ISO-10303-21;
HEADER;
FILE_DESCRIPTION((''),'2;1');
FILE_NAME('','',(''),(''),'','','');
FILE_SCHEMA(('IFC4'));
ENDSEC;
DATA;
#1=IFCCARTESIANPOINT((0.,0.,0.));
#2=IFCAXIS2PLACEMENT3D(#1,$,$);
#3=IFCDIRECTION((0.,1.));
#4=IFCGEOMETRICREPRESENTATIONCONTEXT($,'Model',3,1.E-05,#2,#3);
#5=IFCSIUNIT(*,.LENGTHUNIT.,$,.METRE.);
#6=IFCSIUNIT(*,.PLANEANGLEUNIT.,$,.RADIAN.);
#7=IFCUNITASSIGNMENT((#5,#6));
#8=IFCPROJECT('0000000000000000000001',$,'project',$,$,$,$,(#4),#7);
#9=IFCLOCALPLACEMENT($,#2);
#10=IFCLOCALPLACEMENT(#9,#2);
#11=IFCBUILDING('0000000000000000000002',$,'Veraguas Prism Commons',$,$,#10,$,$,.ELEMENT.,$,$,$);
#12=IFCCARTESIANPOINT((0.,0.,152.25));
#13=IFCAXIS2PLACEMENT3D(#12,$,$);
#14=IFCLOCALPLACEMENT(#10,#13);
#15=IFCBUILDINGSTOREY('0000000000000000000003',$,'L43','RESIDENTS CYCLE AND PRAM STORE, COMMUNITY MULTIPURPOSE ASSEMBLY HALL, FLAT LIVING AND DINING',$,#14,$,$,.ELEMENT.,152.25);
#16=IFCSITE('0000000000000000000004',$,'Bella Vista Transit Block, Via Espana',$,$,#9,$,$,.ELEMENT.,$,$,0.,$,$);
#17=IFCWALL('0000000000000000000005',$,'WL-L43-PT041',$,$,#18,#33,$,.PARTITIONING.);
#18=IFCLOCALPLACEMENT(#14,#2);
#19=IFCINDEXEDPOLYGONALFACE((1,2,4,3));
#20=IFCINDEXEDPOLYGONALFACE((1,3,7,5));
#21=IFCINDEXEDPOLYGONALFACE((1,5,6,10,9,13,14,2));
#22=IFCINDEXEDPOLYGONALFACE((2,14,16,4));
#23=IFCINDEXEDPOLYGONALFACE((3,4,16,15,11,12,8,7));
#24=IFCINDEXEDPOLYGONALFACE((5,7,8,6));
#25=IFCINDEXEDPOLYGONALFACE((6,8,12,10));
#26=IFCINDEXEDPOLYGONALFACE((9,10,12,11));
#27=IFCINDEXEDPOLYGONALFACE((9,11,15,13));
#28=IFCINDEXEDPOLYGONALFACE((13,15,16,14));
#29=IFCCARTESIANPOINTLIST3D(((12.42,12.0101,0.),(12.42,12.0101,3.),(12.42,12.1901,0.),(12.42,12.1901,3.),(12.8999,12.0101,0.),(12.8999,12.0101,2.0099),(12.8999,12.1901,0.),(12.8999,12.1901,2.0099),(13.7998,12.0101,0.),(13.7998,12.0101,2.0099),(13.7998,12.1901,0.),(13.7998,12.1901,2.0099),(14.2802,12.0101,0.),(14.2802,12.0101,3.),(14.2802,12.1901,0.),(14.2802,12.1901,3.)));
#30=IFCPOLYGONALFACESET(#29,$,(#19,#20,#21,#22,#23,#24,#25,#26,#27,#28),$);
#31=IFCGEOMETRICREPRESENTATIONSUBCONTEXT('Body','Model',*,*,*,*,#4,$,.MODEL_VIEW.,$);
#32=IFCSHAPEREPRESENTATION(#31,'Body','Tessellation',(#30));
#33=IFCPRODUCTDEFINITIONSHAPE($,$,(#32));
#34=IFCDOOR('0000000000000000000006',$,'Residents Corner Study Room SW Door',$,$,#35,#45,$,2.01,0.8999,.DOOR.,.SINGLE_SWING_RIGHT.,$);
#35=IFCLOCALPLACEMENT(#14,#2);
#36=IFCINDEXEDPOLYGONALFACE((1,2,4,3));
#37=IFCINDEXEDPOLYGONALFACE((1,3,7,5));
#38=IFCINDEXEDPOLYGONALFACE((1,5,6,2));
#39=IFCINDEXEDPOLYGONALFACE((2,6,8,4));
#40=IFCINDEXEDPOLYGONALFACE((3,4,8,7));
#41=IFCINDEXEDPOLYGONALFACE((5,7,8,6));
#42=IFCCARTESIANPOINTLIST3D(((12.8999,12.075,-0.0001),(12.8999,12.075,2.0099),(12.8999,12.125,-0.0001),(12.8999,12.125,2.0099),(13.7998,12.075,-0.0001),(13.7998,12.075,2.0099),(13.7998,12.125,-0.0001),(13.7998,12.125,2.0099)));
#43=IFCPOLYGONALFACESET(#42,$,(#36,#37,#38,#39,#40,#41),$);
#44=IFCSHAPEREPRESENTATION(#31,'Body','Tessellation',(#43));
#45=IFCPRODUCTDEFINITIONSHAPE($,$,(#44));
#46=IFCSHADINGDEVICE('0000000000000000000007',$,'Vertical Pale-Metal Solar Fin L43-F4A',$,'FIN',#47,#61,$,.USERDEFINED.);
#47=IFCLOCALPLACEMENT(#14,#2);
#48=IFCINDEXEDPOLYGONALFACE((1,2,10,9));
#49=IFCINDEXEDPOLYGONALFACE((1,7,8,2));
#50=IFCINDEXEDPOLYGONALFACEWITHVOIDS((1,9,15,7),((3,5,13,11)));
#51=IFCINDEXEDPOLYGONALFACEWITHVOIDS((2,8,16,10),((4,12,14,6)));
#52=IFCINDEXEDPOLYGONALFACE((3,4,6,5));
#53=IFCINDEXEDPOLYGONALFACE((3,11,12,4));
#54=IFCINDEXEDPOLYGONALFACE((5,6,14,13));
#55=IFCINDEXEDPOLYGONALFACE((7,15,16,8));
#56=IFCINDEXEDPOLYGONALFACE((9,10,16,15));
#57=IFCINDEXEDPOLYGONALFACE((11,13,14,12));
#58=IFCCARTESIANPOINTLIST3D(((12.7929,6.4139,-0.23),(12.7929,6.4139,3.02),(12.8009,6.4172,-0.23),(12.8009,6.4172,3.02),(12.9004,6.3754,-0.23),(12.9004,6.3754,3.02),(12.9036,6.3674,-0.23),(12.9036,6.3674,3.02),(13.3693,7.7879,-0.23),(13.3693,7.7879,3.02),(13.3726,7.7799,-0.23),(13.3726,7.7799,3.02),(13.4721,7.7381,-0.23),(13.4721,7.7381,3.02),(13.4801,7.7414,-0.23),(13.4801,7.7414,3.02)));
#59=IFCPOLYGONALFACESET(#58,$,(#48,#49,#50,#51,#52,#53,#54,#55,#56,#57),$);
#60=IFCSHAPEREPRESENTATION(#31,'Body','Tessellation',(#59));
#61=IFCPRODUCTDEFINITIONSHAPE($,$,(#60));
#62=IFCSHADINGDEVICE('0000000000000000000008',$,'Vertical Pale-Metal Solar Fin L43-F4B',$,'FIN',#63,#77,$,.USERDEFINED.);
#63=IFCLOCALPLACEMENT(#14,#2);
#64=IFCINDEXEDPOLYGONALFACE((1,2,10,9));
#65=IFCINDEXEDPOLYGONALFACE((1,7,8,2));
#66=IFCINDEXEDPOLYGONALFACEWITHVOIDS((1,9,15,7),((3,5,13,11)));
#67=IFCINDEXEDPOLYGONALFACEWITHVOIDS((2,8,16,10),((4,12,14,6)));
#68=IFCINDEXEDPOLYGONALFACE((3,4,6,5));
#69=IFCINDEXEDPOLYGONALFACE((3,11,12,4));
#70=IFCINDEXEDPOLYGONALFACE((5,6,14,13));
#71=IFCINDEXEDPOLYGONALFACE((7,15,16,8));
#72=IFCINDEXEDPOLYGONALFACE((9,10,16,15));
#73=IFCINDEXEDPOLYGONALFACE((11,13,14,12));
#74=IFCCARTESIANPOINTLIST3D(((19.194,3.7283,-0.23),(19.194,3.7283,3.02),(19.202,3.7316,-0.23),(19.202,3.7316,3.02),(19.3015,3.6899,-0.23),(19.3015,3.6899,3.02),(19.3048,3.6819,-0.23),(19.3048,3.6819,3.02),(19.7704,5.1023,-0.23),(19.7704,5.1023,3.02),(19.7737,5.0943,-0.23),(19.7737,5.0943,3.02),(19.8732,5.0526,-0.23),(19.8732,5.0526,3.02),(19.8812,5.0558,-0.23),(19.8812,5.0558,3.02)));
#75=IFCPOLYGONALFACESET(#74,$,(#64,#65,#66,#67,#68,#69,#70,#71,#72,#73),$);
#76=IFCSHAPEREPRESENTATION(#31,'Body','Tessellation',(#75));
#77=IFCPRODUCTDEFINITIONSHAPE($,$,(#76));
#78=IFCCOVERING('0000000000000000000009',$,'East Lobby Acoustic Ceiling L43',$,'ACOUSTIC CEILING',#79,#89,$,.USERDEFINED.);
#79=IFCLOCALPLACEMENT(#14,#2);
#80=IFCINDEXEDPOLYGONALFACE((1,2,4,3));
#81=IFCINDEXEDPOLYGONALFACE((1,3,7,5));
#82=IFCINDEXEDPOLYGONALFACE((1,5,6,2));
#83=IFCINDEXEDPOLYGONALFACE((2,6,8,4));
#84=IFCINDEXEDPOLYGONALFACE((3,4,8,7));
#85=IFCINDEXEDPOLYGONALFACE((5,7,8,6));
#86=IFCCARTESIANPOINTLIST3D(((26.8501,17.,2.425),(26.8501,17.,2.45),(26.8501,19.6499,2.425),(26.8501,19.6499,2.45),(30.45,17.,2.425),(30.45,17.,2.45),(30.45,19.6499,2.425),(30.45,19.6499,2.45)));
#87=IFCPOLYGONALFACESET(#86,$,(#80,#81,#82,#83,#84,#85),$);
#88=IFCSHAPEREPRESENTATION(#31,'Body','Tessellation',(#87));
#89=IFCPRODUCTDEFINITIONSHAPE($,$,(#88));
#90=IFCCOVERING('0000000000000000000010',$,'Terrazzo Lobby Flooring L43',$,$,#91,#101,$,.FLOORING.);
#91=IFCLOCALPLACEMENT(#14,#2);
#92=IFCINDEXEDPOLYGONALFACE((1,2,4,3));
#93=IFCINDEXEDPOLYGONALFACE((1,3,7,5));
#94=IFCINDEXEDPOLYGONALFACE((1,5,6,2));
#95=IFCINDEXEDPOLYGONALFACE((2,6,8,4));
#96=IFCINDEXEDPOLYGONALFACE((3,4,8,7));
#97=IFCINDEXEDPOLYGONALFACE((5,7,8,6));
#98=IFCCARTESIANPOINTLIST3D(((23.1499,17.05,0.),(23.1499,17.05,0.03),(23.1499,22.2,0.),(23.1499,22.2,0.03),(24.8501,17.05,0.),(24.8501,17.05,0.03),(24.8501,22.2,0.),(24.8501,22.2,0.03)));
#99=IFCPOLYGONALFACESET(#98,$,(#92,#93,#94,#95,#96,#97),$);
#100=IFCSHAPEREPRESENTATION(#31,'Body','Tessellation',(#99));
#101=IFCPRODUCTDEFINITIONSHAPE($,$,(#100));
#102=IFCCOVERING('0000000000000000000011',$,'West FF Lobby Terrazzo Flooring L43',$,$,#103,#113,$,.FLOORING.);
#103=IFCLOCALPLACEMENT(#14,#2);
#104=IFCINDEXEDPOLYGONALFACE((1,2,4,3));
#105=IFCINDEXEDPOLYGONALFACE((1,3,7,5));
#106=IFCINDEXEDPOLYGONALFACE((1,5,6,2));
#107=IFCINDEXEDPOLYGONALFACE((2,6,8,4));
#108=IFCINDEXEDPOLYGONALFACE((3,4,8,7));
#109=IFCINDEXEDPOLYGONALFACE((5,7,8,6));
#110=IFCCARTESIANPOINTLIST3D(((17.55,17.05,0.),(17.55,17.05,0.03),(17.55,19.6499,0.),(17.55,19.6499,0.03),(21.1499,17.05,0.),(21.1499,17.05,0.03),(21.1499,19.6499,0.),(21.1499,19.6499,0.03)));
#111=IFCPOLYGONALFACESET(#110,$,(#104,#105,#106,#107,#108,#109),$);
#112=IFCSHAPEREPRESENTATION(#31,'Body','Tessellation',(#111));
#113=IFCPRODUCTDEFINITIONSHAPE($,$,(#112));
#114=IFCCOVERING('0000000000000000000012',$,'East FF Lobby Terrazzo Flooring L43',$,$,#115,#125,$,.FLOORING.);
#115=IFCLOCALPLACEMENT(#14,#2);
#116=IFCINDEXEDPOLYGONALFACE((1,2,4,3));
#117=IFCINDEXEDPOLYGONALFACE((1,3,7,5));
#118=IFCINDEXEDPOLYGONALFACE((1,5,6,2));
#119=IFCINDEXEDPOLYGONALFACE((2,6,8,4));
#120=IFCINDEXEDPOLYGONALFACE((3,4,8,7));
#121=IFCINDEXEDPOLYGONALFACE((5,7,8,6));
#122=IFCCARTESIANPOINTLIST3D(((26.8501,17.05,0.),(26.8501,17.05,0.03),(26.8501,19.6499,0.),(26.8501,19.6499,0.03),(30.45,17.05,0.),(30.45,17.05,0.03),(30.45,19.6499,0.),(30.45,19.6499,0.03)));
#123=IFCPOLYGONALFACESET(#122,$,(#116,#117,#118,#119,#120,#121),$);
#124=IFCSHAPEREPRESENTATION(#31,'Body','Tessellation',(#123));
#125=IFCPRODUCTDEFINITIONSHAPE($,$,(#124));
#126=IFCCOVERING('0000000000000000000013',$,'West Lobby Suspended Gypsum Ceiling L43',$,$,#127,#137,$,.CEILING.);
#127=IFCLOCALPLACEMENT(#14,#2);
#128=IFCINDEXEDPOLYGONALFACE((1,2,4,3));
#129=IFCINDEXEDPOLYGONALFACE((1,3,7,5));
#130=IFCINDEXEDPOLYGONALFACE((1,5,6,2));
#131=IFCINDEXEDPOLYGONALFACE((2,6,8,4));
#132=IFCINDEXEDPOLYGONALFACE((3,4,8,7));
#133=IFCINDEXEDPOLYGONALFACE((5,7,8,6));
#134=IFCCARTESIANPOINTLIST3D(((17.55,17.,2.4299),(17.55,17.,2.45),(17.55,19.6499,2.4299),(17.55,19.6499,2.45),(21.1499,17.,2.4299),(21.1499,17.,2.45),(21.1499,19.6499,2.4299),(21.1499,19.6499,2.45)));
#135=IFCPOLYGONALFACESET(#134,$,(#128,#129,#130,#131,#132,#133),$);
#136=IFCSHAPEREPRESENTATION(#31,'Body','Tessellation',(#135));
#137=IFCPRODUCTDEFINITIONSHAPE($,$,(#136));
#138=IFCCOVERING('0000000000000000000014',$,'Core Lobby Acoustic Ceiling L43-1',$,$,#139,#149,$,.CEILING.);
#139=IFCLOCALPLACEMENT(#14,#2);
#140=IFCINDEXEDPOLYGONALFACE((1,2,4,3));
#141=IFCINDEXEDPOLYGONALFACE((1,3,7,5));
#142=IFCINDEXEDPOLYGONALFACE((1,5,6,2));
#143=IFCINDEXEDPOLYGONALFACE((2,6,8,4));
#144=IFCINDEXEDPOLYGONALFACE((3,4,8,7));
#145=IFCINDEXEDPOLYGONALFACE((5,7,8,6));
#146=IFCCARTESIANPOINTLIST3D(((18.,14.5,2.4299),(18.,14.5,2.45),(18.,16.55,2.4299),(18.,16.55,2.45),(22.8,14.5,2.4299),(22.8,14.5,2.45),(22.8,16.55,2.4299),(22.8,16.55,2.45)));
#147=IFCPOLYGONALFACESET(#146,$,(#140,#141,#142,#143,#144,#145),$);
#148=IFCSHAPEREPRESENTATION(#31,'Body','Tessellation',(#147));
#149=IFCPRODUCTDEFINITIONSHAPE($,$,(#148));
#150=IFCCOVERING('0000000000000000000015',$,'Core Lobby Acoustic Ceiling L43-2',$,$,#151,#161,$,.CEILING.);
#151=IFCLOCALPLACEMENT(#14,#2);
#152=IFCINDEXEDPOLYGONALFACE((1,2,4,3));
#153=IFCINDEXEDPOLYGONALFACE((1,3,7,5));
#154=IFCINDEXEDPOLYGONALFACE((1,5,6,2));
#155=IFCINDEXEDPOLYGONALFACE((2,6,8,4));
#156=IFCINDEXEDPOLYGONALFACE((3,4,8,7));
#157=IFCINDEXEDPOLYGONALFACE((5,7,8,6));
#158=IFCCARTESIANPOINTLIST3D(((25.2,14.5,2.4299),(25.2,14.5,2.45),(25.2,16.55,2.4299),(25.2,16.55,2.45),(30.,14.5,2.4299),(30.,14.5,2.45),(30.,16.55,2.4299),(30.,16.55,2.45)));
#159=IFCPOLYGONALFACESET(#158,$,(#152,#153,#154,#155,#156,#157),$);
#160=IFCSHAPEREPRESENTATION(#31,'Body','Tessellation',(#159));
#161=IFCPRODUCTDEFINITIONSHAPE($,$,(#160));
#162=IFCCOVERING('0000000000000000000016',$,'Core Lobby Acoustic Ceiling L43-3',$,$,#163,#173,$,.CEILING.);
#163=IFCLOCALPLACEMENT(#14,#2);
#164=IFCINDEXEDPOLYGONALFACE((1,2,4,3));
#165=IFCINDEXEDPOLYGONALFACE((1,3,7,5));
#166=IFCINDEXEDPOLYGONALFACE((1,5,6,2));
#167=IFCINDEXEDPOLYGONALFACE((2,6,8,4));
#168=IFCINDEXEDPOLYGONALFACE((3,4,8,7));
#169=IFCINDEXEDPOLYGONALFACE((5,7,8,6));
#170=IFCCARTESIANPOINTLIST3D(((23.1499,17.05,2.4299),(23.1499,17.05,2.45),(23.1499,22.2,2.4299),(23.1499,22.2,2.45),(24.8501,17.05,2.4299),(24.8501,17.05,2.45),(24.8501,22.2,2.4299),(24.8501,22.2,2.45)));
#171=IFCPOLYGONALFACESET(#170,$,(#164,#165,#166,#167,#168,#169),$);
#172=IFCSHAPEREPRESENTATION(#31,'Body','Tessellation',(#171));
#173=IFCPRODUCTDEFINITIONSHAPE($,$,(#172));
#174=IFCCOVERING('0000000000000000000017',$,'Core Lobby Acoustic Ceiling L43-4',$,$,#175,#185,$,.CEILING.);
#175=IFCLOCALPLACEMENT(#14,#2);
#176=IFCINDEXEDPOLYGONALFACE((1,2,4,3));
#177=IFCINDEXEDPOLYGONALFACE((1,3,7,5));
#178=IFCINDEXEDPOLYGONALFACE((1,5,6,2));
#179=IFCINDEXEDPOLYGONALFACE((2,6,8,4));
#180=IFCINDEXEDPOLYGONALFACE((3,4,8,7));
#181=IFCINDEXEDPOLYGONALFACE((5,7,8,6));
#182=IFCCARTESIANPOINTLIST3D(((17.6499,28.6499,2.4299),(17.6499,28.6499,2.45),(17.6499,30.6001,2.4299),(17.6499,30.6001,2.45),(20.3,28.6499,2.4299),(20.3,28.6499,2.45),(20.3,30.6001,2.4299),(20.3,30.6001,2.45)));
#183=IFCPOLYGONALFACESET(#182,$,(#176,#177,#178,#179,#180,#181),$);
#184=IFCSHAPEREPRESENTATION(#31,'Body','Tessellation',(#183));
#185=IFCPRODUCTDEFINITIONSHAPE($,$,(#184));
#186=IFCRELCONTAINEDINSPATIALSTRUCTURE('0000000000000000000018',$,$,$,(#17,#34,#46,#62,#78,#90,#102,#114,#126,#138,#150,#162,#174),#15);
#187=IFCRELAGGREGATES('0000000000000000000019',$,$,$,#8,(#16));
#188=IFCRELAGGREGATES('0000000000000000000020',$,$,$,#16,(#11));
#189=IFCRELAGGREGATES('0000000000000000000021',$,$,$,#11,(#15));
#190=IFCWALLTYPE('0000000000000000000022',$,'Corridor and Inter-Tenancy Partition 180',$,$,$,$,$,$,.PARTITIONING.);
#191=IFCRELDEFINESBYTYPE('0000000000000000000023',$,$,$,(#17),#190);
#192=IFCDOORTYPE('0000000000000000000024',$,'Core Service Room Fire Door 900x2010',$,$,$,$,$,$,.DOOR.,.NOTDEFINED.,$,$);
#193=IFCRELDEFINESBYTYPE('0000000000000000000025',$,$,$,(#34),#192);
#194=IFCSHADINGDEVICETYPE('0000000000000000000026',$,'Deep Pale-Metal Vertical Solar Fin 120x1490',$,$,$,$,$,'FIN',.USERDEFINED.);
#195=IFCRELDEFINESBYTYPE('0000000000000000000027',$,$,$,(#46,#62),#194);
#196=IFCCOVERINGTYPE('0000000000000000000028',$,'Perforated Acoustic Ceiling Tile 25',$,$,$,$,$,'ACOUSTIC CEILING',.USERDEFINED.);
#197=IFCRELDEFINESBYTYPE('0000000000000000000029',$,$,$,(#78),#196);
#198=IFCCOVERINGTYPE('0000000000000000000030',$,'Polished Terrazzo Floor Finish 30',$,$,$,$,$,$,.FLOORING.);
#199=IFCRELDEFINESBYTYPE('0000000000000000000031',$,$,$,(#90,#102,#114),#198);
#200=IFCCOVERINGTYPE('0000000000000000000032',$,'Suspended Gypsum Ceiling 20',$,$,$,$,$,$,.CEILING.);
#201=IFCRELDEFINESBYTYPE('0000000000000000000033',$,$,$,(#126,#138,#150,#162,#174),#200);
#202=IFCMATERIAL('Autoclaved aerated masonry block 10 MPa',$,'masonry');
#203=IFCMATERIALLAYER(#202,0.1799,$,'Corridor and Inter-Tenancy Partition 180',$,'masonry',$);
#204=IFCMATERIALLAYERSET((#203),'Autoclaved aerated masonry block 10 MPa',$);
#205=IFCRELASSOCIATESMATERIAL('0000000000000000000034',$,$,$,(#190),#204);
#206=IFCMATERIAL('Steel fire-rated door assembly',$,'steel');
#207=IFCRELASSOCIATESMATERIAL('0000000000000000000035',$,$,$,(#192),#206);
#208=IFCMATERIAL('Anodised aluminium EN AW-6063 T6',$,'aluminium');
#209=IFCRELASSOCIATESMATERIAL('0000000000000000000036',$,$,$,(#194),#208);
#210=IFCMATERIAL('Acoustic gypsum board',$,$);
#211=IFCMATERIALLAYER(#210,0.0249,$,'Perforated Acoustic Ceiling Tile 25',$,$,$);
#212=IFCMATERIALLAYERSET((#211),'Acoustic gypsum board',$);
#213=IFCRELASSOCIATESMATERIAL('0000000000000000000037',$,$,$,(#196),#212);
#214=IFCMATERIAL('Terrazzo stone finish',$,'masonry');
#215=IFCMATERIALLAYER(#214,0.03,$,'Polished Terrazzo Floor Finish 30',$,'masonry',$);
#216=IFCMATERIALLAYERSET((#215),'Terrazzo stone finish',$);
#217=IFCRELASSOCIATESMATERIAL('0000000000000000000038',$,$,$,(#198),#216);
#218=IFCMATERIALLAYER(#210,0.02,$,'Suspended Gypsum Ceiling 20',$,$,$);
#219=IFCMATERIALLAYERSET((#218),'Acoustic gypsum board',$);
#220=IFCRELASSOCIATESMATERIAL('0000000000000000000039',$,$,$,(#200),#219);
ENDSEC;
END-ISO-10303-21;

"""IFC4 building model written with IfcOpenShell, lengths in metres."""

from ifc_helpers import new_model, si_unit, direction, frame, frame_2d, origin, origin_2d, place, context, subcontext, project, spatial, polyline, rectangle, hollow_rectangle, outline, extrude, source, transform, mapped, material, layer, layer_set, material_profile, profile_set, type_object, element, fill, save


model = new_model("IFC4")

# Units and contexts
model_context = context("Model", 3, precision=1e-05, world=origin(), true_north=direction((0.0, 1.0)))
body_context = subcontext(model_context, "Body", "Model", "MODEL_VIEW")
ifc_project = project(units=[si_unit("LENGTHUNIT", "METRE"), si_unit("PLANEANGLEUNIT", "RADIAN")], contexts=[model_context])

# Site, building, storey
site_placement = place(None, origin())
site = spatial("IfcSite", under=ifc_project, at=site_placement, Name="Bella Vista Transit Block, Via Espana", CompositionType="ELEMENT", RefElevation=0.0)
building_placement = place(site_placement, origin())
building = spatial("IfcBuilding", under=site, at=building_placement, Name="Veraguas Prism Commons", CompositionType="ELEMENT")
storey_placement = place(building_placement, frame((0.0, 0.0, 152.25)))
storey = spatial("IfcBuildingStorey", under=building, at=storey_placement, Name="L43", Description="RESIDENTS CYCLE AND PRAM STORE, COMMUNITY MULTIPURPOSE ASSEMBLY HALL, FLAT LIVING AND DINING", CompositionType="ELEMENT", Elevation=152.25)

# Shared definitions
ifc_material_1 = material(Name="Anodised aluminium EN AW-6063 T6", Category="aluminium")

# Shared definitions
ifc_material_2 = material(Name="Autoclaved aerated masonry block 10 MPa", Category="masonry")
ifc_layer_1 = layer(ifc_material_2, 0.1799, Name="Corridor and Inter-Tenancy Partition 180", Category="masonry")
ifc_layer_set_1 = layer_set([ifc_layer_1], Name="Autoclaved aerated masonry block 10 MPa")
wall_type = type_object("IfcWallType", Name="Corridor and Inter-Tenancy Partition 180", PredefinedType="PARTITIONING", material=ifc_layer_set_1)

# Wall, opening, door
wall_1_placement = place(storey_placement, frame((12.4199, 12.1001, 0.0), z_axis=(0.0, 0.0, 1.0), x_axis=(1.0, 0.0, 0.0)))
wall_1 = element("IfcWall", 1, at=wall_1_placement, inside=storey, type_object=wall_type, Name="WL-L43-PT041", PredefinedType="PARTITIONING", context=body_context, shape_type="SweptSolid", body=[
    extrude(rectangle(XDim=1.8601, YDim=0.1799, at=frame_2d((0.9302, 0.0))), origin(), (0.0, 0.0, 1.0), 3.0),
])
opening_placement = place(wall_1_placement, frame((0.48, 0.0, 0.0)))
opening = element("IfcOpeningElement", 2, at=opening_placement, cuts=wall_1, PredefinedType="OPENING", context=body_context, shape_type="SweptSolid", body=[
    extrude(rectangle(XDim=0.8999, YDim=2.01, at=frame_2d((0.45, 1.0049))), frame((0.0, 0.0999, 0.0), z_axis=(0.0, -1.0, 0.0), x_axis=(1.0, 0.0, 0.0)), (0.0, 0.0, 1.0), 0.2),
])
ifc_material_3 = material(Name="Steel fire-rated door assembly", Category="steel")
door_type = type_object("IfcDoorType", Name="Core Service Room Fire Door 900x2010", OperationType="NOTDEFINED", PredefinedType="DOOR", material=ifc_material_3)
shared_shape_1 = source(origin(), body_context, "Body", "SweptSolid", [
    extrude(rectangle(XDim=0.8999, YDim=2.01, at=frame_2d((0.45, 1.0049))), frame((0.0, 0.0249, 0.0), z_axis=(0.0, -1.0, 0.0), x_axis=(1.0, 0.0, 0.0)), (0.0, 0.0, 1.0), 0.05),
])
door_placement = place(opening_placement, origin())
door = element("IfcDoor", 3, at=door_placement, inside=storey, type_object=door_type, Name="Residents Corner Study Room SW Door", OperationType="SINGLE_SWING_RIGHT", OverallHeight=2.01, OverallWidth=0.8999, PredefinedType="DOOR", context=body_context, shape_type="MappedRepresentation", body=[
    mapped(shared_shape_1, transform((0.0, 0.0, 0.0), scale=1.0)),
])
fill(opening, door)

# Shading devices
ifc_material_profile_1 = material_profile(ifc_material_1, hollow_rectangle(XDim=0.1201, YDim=1.49, WallThickness=0.0061, at=origin_2d()), Name="FIN120X1490X6")
ifc_profile_set_1 = profile_set([ifc_material_profile_1], Name="Anodised aluminium EN AW-6063 T6")
shading_device_type = type_object("IfcShadingDeviceType", Name="Deep Pale-Metal Vertical Solar Fin 120x1490", ElementType="FIN", PredefinedType="USERDEFINED", material=ifc_profile_set_1)
for number, where, z_axis, x_axis, name in (
    (4, (13.1365, 7.0776, -0.23), (0.0, 0.0, 1.0), (0.922132, -0.386875, 0.0), "Vertical Pale-Metal Solar Fin L43-F4A"),
    (5, (19.5376, 4.3921, -0.23), (0.0, 0.0, 1.0), (0.922132, -0.386875, 0.0), "Vertical Pale-Metal Solar Fin L43-F4B"),
):
    element("IfcShadingDevice", number, at=place(storey_placement, frame(where, z_axis=z_axis, x_axis=x_axis)), inside=storey, type_object=shading_device_type, Name=name, ObjectType="FIN", PredefinedType="USERDEFINED", context=body_context, shape_type="SweptSolid", body=[
        extrude(hollow_rectangle(XDim=0.1201, YDim=1.49, WallThickness=0.0061, at=origin_2d()), origin(), (0.0, 0.0, 1.0), 3.25),
    ])

# Coverings
ifc_material_4 = material(Name="Acoustic gypsum board")
ifc_layer_2 = layer(ifc_material_4, 0.0249, Name="Perforated Acoustic Ceiling Tile 25")
ifc_layer_set_2 = layer_set([ifc_layer_2], Name="Acoustic gypsum board")
covering_type_1 = type_object("IfcCoveringType", Name="Perforated Acoustic Ceiling Tile 25", ElementType="ACOUSTIC CEILING", PredefinedType="USERDEFINED", material=ifc_layer_set_2)
covering_1_placement = place(storey_placement, frame((0.0, 0.0, 2.425)))
element("IfcCovering", 6, at=covering_1_placement, inside=storey, type_object=covering_type_1, Name="East Lobby Acoustic Ceiling L43", ObjectType="ACOUSTIC CEILING", PredefinedType="USERDEFINED", context=body_context, shape_type="SweptSolid", body=[
    extrude(outline(polyline([(26.8501, 17.0), (30.45, 17.0), (30.45, 19.6499), (26.8501, 19.6499), (26.8501, 17.0)])), origin(), (0.0, 0.0, 1.0), 0.0249),
])
ifc_material_5 = material(Name="Terrazzo stone finish", Category="masonry")
ifc_layer_3 = layer(ifc_material_5, 0.03, Name="Polished Terrazzo Floor Finish 30", Category="masonry")
ifc_layer_set_3 = layer_set([ifc_layer_3], Name="Terrazzo stone finish")
covering_type_2 = type_object("IfcCoveringType", Name="Polished Terrazzo Floor Finish 30", PredefinedType="FLOORING", material=ifc_layer_set_3)
covering_2_placement = place(storey_placement, origin())
element("IfcCovering", 7, at=covering_2_placement, inside=storey, type_object=covering_type_2, Name="Terrazzo Lobby Flooring L43", PredefinedType="FLOORING", context=body_context, shape_type="SweptSolid", body=[
    extrude(outline(polyline([(23.1499, 17.05), (24.8501, 17.05), (24.8501, 22.2), (23.1499, 22.2), (23.1499, 17.05)])), origin(), (0.0, 0.0, 1.0), 0.03),
])
covering_3_placement = place(storey_placement, origin())
element("IfcCovering", 8, at=covering_3_placement, inside=storey, type_object=covering_type_2, Name="West FF Lobby Terrazzo Flooring L43", PredefinedType="FLOORING", context=body_context, shape_type="SweptSolid", body=[
    extrude(outline(polyline([(17.55, 17.05), (21.1499, 17.05), (21.1499, 19.6499), (17.55, 19.6499), (17.55, 17.05)])), origin(), (0.0, 0.0, 1.0), 0.03),
])
covering_4_placement = place(storey_placement, origin())
element("IfcCovering", 9, at=covering_4_placement, inside=storey, type_object=covering_type_2, Name="East FF Lobby Terrazzo Flooring L43", PredefinedType="FLOORING", context=body_context, shape_type="SweptSolid", body=[
    extrude(outline(polyline([(26.8501, 17.05), (30.45, 17.05), (30.45, 19.6499), (26.8501, 19.6499), (26.8501, 17.05)])), origin(), (0.0, 0.0, 1.0), 0.03),
])
ifc_layer_4 = layer(ifc_material_4, 0.02, Name="Suspended Gypsum Ceiling 20")
ifc_layer_set_4 = layer_set([ifc_layer_4], Name="Acoustic gypsum board")
covering_type_3 = type_object("IfcCoveringType", Name="Suspended Gypsum Ceiling 20", PredefinedType="CEILING", material=ifc_layer_set_4)
covering_5_placement = place(storey_placement, frame((0.0, 0.0, 2.4299)))
element("IfcCovering", 10, at=covering_5_placement, inside=storey, type_object=covering_type_3, Name="West Lobby Suspended Gypsum Ceiling L43", PredefinedType="CEILING", context=body_context, shape_type="SweptSolid", body=[
    extrude(outline(polyline([(17.55, 17.0), (21.1499, 17.0), (21.1499, 19.6499), (17.55, 19.6499), (17.55, 17.0)])), origin(), (0.0, 0.0, 1.0), 0.02),
])
covering_6_placement = place(storey_placement, frame((0.0, 0.0, 2.4299)))
element("IfcCovering", 11, at=covering_6_placement, inside=storey, type_object=covering_type_3, Name="Core Lobby Acoustic Ceiling L43-1", PredefinedType="CEILING", context=body_context, shape_type="SweptSolid", body=[
    extrude(outline(polyline([(18.0, 14.5), (22.8, 14.5), (22.8, 16.55), (18.0, 16.55), (18.0, 14.5)])), origin(), (0.0, 0.0, 1.0), 0.02),
])
covering_7_placement = place(storey_placement, frame((0.0, 0.0, 2.4299)))
element("IfcCovering", 12, at=covering_7_placement, inside=storey, type_object=covering_type_3, Name="Core Lobby Acoustic Ceiling L43-2", PredefinedType="CEILING", context=body_context, shape_type="SweptSolid", body=[
    extrude(outline(polyline([(25.2, 14.5), (30.0, 14.5), (30.0, 16.55), (25.2, 16.55), (25.2, 14.5)])), origin(), (0.0, 0.0, 1.0), 0.02),
])
covering_8_placement = place(storey_placement, frame((0.0, 0.0, 2.4299)))
element("IfcCovering", 13, at=covering_8_placement, inside=storey, type_object=covering_type_3, Name="Core Lobby Acoustic Ceiling L43-3", PredefinedType="CEILING", context=body_context, shape_type="SweptSolid", body=[
    extrude(outline(polyline([(23.1499, 17.05), (24.8501, 17.05), (24.8501, 22.2), (23.1499, 22.2), (23.1499, 17.05)])), origin(), (0.0, 0.0, 1.0), 0.02),
])
covering_9_placement = place(storey_placement, frame((0.0, 0.0, 2.4299)))
element("IfcCovering", 14, at=covering_9_placement, inside=storey, type_object=covering_type_3, Name="Core Lobby Acoustic Ceiling L43-4", PredefinedType="CEILING", context=body_context, shape_type="SweptSolid", body=[
    extrude(outline(polyline([(17.6499, 28.6499), (20.3, 28.6499), (20.3, 30.6001), (17.6499, 30.6001), (17.6499, 28.6499)])), origin(), (0.0, 0.0, 1.0), 0.02),
])

save(model, "model.ifc")
